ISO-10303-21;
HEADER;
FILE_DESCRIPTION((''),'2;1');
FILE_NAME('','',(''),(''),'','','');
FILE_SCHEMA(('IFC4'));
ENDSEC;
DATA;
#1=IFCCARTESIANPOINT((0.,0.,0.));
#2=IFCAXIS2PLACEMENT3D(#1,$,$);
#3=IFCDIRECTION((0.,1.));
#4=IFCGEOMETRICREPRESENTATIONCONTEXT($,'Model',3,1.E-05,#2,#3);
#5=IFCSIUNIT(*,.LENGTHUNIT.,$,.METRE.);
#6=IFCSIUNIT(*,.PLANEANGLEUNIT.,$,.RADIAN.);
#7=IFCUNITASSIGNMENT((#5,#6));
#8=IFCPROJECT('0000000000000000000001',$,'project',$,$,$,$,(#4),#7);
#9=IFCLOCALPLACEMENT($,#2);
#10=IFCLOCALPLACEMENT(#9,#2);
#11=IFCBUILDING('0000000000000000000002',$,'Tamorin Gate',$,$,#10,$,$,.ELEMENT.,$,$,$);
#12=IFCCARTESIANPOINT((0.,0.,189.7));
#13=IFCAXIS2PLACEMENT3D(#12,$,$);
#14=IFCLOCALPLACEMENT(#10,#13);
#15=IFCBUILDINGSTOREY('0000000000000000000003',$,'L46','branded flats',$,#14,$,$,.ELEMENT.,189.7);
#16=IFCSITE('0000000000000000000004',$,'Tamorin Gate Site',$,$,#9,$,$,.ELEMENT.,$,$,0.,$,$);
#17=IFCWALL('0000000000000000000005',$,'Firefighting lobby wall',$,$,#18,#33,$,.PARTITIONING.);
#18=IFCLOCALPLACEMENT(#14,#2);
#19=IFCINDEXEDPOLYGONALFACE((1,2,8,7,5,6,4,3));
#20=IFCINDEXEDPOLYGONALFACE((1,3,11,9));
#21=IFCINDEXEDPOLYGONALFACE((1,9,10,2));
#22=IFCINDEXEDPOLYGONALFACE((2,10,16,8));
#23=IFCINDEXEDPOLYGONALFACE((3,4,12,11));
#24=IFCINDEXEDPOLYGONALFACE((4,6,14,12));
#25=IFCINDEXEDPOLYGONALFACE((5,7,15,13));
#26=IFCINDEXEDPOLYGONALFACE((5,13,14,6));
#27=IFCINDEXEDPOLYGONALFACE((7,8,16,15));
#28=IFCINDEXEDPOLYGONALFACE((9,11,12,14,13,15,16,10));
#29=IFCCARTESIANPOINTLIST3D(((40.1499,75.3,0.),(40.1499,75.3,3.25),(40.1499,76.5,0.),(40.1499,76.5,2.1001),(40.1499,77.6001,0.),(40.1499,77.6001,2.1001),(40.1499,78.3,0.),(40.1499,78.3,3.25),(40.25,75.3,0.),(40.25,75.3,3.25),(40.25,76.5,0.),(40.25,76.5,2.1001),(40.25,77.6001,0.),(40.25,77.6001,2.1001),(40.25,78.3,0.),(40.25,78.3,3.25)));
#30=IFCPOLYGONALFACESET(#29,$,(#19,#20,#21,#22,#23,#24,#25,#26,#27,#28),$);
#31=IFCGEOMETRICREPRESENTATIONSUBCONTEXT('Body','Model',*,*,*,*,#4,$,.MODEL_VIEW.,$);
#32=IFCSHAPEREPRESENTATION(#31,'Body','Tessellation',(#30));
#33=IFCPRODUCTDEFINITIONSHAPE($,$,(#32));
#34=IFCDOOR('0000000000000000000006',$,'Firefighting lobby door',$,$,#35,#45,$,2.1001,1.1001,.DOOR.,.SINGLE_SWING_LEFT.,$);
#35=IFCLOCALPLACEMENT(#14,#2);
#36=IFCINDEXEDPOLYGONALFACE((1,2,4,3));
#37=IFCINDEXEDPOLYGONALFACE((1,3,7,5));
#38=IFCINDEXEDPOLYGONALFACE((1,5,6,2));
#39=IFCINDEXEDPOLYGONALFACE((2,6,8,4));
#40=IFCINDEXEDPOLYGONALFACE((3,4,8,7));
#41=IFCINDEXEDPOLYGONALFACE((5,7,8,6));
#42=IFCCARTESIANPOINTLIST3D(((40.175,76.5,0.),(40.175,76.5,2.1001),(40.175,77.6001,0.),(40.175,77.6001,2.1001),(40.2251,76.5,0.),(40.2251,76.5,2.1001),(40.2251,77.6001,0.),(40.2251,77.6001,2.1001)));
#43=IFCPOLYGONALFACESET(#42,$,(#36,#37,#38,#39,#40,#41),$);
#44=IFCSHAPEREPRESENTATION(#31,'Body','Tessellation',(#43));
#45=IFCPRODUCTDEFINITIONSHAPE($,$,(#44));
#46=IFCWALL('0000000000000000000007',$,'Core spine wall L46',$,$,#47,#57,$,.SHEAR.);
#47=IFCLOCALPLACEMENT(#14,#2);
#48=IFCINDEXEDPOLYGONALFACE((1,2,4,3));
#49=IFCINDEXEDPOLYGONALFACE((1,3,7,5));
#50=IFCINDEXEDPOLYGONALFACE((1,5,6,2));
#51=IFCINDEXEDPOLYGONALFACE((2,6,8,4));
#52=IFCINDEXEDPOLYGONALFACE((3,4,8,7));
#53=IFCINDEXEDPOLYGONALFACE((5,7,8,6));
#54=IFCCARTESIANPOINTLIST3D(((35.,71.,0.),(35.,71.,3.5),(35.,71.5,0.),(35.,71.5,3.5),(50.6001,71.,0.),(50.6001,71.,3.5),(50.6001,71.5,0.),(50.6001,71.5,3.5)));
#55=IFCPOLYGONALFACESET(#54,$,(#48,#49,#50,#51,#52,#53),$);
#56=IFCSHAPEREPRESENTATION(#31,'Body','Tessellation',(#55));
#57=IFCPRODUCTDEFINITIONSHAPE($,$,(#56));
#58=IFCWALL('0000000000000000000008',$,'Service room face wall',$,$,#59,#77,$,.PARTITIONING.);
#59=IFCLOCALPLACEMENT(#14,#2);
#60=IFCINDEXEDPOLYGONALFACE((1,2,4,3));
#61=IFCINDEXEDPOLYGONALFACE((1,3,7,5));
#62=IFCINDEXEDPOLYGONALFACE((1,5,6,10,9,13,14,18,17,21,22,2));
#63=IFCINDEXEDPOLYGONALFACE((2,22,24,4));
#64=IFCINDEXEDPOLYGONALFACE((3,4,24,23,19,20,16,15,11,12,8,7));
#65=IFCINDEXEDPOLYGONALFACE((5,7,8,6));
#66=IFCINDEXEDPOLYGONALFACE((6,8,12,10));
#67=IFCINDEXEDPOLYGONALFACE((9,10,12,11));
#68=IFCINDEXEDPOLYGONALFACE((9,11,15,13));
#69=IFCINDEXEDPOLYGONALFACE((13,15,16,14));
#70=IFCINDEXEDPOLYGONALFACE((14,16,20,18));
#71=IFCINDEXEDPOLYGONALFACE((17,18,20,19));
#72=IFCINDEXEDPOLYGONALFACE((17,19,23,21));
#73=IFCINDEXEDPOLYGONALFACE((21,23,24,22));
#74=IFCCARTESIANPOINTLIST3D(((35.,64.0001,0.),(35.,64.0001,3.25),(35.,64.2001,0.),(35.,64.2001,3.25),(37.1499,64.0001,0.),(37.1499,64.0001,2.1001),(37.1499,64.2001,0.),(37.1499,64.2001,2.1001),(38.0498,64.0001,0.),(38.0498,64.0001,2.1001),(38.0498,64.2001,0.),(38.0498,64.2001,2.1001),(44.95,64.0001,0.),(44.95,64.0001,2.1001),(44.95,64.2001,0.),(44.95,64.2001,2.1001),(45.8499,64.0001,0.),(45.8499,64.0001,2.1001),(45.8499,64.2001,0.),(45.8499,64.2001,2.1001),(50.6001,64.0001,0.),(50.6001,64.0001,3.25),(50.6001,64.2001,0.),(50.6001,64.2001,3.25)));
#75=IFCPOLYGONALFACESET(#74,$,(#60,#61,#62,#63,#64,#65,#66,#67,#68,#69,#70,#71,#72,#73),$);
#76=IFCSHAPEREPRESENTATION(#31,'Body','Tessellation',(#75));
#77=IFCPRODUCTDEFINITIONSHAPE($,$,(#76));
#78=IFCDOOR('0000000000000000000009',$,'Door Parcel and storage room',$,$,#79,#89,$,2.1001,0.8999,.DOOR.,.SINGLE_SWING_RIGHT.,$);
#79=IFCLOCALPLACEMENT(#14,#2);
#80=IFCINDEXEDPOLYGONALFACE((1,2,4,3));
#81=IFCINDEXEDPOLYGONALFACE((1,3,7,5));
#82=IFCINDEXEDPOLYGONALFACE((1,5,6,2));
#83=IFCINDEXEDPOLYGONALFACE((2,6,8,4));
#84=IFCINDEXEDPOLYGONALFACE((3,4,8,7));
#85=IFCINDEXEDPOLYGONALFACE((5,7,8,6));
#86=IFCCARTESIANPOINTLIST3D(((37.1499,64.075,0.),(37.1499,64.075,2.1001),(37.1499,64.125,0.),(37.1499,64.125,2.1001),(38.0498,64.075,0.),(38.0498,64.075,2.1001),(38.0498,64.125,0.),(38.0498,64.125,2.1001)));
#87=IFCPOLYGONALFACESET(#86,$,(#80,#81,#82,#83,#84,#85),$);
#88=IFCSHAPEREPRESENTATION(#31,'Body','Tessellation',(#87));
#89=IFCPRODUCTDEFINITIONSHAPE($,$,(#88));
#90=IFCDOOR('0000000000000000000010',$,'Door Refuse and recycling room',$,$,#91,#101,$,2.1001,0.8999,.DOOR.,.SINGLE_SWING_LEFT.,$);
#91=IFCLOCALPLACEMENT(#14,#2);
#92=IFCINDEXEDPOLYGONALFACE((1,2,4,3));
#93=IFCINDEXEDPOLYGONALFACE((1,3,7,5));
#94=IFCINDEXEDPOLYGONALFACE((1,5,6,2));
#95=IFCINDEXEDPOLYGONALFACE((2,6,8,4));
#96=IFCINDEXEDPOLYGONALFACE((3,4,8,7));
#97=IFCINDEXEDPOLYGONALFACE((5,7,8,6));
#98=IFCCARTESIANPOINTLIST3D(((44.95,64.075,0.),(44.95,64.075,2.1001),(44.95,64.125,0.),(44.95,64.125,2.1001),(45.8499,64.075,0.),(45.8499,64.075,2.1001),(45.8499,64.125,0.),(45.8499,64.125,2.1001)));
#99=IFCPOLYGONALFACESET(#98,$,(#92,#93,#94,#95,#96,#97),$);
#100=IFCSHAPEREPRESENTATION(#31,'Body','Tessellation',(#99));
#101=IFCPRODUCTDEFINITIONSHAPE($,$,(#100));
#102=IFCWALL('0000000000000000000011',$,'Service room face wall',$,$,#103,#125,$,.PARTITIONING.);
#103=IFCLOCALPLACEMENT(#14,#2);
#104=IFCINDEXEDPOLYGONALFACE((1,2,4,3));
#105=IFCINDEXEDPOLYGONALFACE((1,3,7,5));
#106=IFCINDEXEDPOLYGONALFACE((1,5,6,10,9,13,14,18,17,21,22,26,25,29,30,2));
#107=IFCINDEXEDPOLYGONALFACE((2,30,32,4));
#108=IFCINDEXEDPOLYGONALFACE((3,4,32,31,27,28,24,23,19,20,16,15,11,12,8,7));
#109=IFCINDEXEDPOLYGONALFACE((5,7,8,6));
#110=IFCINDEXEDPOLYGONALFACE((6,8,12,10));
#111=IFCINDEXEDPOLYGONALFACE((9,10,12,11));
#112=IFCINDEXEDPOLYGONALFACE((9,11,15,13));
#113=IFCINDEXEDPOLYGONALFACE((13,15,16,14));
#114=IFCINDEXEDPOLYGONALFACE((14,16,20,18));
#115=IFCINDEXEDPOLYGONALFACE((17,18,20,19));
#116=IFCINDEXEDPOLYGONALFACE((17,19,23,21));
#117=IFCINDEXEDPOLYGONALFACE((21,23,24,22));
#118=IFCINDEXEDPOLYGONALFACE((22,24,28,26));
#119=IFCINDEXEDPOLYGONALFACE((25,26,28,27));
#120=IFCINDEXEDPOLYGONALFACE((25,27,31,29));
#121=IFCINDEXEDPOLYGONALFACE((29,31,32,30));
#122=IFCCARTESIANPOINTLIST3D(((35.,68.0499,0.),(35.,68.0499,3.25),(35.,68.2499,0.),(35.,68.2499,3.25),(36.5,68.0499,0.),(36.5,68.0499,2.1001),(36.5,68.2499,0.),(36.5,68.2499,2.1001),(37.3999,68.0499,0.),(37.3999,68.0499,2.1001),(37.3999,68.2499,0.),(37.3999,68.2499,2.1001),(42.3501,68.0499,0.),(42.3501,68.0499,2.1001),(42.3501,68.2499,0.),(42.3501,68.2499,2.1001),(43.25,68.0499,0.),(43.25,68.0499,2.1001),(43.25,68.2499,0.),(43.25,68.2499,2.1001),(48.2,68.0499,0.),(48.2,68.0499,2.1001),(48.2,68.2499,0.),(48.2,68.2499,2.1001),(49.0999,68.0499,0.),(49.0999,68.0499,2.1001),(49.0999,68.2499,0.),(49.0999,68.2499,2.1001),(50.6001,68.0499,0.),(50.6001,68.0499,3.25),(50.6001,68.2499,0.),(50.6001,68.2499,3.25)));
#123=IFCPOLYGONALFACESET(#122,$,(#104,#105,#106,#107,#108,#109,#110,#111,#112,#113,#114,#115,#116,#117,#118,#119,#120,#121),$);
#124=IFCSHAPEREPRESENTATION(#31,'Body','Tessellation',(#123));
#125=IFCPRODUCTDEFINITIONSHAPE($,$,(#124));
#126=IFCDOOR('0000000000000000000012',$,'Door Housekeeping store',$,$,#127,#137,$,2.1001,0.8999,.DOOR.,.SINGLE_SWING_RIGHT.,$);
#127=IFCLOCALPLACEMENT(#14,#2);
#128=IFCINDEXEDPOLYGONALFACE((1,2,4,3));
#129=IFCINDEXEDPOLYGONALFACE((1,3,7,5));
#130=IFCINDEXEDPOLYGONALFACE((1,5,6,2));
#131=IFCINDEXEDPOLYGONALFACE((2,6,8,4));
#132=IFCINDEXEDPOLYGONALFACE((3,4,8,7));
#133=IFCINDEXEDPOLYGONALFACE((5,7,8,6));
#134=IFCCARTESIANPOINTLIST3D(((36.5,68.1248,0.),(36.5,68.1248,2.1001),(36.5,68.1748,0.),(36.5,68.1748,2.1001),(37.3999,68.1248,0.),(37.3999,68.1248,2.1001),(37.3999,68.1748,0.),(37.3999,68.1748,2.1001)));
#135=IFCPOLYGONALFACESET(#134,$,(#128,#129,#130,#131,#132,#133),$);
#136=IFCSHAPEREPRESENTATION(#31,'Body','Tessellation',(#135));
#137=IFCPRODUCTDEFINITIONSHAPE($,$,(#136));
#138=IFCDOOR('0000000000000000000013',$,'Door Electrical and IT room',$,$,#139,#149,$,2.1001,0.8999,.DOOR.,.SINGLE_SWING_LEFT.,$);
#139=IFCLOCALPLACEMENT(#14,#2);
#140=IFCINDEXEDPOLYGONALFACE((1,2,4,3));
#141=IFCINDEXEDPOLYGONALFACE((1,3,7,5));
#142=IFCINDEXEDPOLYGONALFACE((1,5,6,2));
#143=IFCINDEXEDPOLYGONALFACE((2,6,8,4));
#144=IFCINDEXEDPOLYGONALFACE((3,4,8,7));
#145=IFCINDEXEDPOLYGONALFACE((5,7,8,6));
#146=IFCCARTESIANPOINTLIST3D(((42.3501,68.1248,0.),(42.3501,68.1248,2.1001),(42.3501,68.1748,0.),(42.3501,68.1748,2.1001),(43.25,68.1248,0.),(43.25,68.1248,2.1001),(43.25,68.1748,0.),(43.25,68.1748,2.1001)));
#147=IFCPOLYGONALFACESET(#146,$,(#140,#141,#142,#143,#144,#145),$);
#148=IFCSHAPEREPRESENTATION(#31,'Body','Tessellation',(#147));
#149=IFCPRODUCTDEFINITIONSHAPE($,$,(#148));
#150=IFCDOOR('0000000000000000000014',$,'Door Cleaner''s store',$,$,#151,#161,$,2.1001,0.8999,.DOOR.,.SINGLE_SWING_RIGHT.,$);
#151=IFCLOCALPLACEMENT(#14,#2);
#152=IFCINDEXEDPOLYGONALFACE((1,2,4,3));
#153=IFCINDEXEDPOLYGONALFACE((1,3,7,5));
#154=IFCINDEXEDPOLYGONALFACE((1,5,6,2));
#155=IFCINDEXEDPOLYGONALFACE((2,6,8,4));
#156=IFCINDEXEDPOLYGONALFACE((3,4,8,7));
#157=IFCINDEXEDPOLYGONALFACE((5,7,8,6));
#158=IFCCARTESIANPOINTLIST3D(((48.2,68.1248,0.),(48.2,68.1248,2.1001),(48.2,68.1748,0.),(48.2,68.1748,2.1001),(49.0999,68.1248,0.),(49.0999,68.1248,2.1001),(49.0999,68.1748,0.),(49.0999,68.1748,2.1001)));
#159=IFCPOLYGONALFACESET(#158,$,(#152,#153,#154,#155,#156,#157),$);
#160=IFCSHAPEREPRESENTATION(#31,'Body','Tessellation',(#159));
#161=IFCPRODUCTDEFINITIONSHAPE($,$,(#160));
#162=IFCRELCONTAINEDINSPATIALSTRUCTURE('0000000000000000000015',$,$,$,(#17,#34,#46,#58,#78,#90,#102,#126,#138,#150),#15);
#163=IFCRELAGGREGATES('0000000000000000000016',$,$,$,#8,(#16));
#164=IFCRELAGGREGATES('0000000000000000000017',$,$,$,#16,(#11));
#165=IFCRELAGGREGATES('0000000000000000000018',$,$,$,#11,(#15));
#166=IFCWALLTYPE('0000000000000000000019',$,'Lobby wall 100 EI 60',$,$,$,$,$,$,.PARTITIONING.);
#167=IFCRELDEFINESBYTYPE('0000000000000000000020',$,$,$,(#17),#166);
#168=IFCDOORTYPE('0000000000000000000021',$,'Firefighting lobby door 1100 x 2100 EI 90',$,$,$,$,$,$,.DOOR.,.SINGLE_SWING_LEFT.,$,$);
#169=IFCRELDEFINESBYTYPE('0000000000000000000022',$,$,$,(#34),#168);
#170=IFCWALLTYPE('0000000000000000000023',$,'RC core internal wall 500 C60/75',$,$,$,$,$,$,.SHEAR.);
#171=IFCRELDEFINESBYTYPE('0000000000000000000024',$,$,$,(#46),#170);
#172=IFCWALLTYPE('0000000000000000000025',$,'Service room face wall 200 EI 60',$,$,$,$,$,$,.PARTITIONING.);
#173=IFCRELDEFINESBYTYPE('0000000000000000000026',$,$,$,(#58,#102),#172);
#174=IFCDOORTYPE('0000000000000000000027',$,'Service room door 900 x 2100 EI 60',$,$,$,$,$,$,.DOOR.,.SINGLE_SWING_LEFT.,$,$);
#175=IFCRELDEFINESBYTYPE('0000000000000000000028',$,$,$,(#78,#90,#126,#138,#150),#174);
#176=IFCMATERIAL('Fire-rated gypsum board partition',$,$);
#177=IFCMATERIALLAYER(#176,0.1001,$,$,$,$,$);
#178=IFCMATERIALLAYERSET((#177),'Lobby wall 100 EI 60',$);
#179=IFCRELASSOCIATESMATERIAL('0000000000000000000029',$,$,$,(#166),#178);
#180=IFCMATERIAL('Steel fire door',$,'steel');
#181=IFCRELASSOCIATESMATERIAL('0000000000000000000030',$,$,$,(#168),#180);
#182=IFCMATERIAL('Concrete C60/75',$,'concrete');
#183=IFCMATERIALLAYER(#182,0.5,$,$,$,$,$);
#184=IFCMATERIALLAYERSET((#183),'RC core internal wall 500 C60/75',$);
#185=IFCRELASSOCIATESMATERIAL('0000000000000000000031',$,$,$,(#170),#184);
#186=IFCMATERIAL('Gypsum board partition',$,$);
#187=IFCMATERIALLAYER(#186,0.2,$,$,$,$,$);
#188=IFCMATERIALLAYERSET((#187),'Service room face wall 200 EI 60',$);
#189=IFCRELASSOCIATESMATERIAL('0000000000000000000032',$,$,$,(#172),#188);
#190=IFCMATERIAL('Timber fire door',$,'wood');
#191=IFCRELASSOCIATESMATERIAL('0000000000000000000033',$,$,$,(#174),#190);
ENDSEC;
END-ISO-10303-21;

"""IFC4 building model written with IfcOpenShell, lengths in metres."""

from ifc_helpers import new_model, si_unit, direction, frame, frame_2d, origin, place, context, subcontext, project, spatial, rectangle, extrude, material, layer, layer_set, type_object, element, fill, save


model = new_model("IFC4")

# Units and contexts
model_context = context("Model", 3, precision=1e-05, world=origin(), true_north=direction((0.0, 1.0)))
body_context = subcontext(model_context, "Body", "Model", "MODEL_VIEW")
ifc_project = project(units=[si_unit("LENGTHUNIT", "METRE"), si_unit("PLANEANGLEUNIT", "RADIAN")], contexts=[model_context])

# Site, building, storey
site_placement = place(None, origin())
site = spatial("IfcSite", under=ifc_project, at=site_placement, Name="Tamorin Gate Site", CompositionType="ELEMENT", RefElevation=0.0)
building_placement = place(site_placement, origin())
building = spatial("IfcBuilding", under=site, at=building_placement, Name="Tamorin Gate", CompositionType="ELEMENT")
storey_placement = place(building_placement, frame((0.0, 0.0, 189.7)))
storey = spatial("IfcBuildingStorey", under=building, at=storey_placement, Name="L46", Description="branded flats", CompositionType="ELEMENT", Elevation=189.7)

# Shared definitions
ifc_material_1 = material(Name="Fire-rated gypsum board partition")
ifc_layer_1 = layer(ifc_material_1, 0.1001)
ifc_layer_set_1 = layer_set([ifc_layer_1], Name="Lobby wall 100 EI 60")
wall_type_1 = type_object("IfcWallType", Name="Lobby wall 100 EI 60", PredefinedType="PARTITIONING", material=ifc_layer_set_1)

# Wall, opening, door
wall_1_placement = place(storey_placement, frame((40.2, 75.3, 0.0), z_axis=(0.0, 0.0, 1.0), x_axis=(0.0, 1.0, 0.0)))
wall_1 = element("IfcWall", 1, at=wall_1_placement, inside=storey, type_object=wall_type_1, Name="Firefighting lobby wall", PredefinedType="PARTITIONING", context=body_context, shape_type="SweptSolid", body=[
    extrude(rectangle(XDim=3.0, YDim=0.1001, at=frame_2d((1.5, 0.0))), origin(), (0.0, 0.0, 1.0), 3.25),
])
opening_1_placement = place(wall_1_placement, frame((1.2, 0.0, 0.0)))
opening_1 = element("IfcOpeningElement", 2, at=opening_1_placement, cuts=wall_1, PredefinedType="OPENING", context=body_context, shape_type="SweptSolid", body=[
    extrude(rectangle(XDim=1.1001, YDim=2.1001, at=frame_2d((0.55, 1.05))), frame((0.0, 0.0601, 0.0), z_axis=(0.0, -1.0, 0.0), x_axis=(1.0, 0.0, 0.0)), (0.0, 0.0, 1.0), 0.1201),
])
ifc_material_2 = material(Name="Steel fire door", Category="steel")
door_type_1 = type_object("IfcDoorType", Name="Firefighting lobby door 1100 x 2100 EI 90", OperationType="SINGLE_SWING_LEFT", PredefinedType="DOOR", material=ifc_material_2)
door_1_placement = place(opening_1_placement, origin())
door_1 = element("IfcDoor", 3, at=door_1_placement, inside=storey, type_object=door_type_1, Name="Firefighting lobby door", OperationType="SINGLE_SWING_LEFT", OverallHeight=2.1001, OverallWidth=1.1001, PredefinedType="DOOR", context=body_context, shape_type="SweptSolid", body=[
    extrude(rectangle(XDim=1.1001, YDim=2.1001, at=frame_2d((0.55, 1.05))), frame((0.0, 0.0249, 0.0), z_axis=(0.0, -1.0, 0.0), x_axis=(1.0, 0.0, 0.0)), (0.0, 0.0, 1.0), 0.05),
])
fill(opening_1, door_1)

# Wall
ifc_material_3 = material(Name="Concrete C60/75", Category="concrete")
ifc_layer_2 = layer(ifc_material_3, 0.5)
ifc_layer_set_2 = layer_set([ifc_layer_2], Name="RC core internal wall 500 C60/75")
wall_type_2 = type_object("IfcWallType", Name="RC core internal wall 500 C60/75", PredefinedType="SHEAR", material=ifc_layer_set_2)
wall_2_placement = place(storey_placement, frame((35.0, 71.25, 0.0), z_axis=(0.0, 0.0, 1.0), x_axis=(1.0, 0.0, 0.0)))
element("IfcWall", 4, at=wall_2_placement, inside=storey, type_object=wall_type_2, Name="Core spine wall L46", PredefinedType="SHEAR", context=body_context, shape_type="SweptSolid", body=[
    extrude(rectangle(XDim=15.6001, YDim=0.5, at=frame_2d((7.8, 0.0))), origin(), (0.0, 0.0, 1.0), 3.5),
])

# Walls, openings, doors
ifc_material_4 = material(Name="Gypsum board partition")
ifc_layer_3 = layer(ifc_material_4, 0.2)
ifc_layer_set_3 = layer_set([ifc_layer_3], Name="Service room face wall 200 EI 60")
wall_type_3 = type_object("IfcWallType", Name="Service room face wall 200 EI 60", PredefinedType="PARTITIONING", material=ifc_layer_set_3)
wall_3_placement = place(storey_placement, frame((35.0, 64.1001, 0.0), z_axis=(0.0, 0.0, 1.0), x_axis=(1.0, 0.0, 0.0)))
wall_3 = element("IfcWall", 5, at=wall_3_placement, inside=storey, type_object=wall_type_3, Name="Service room face wall", PredefinedType="PARTITIONING", context=body_context, shape_type="SweptSolid", body=[
    extrude(rectangle(XDim=15.6001, YDim=0.2, at=frame_2d((7.8, 0.0))), origin(), (0.0, 0.0, 1.0), 3.25),
])
opening_2_placement = place(wall_3_placement, frame((2.1499, 0.0, 0.0)))
opening_2 = element("IfcOpeningElement", 6, at=opening_2_placement, cuts=wall_3, PredefinedType="OPENING", context=body_context, shape_type="SweptSolid", body=[
    extrude(rectangle(XDim=0.8999, YDim=2.1001, at=frame_2d((0.45, 1.05))), frame((0.0, 0.1099, 0.0), z_axis=(0.0, -1.0, 0.0), x_axis=(1.0, 0.0, 0.0)), (0.0, 0.0, 1.0), 0.22),
])
opening_3_placement = place(wall_3_placement, frame((9.95, 0.0, 0.0)))
opening_3 = element("IfcOpeningElement", 7, at=opening_3_placement, cuts=wall_3, PredefinedType="OPENING", context=body_context, shape_type="SweptSolid", body=[
    extrude(rectangle(XDim=0.8999, YDim=2.1001, at=frame_2d((0.45, 1.05))), frame((0.0, 0.1099, 0.0), z_axis=(0.0, -1.0, 0.0), x_axis=(1.0, 0.0, 0.0)), (0.0, 0.0, 1.0), 0.22),
])
ifc_material_5 = material(Name="Timber fire door", Category="wood")
door_type_2 = type_object("IfcDoorType", Name="Service room door 900 x 2100 EI 60", OperationType="SINGLE_SWING_LEFT", PredefinedType="DOOR", material=ifc_material_5)
door_2_placement = place(opening_2_placement, origin())
door_2 = element("IfcDoor", 8, at=door_2_placement, inside=storey, type_object=door_type_2, Name="Door Parcel and storage room", OperationType="SINGLE_SWING_RIGHT", OverallHeight=2.1001, OverallWidth=0.8999, PredefinedType="DOOR", context=body_context, shape_type="SweptSolid", body=[
    extrude(rectangle(XDim=0.8999, YDim=2.1001, at=frame_2d((0.45, 1.05))), frame((0.0, 0.0249, 0.0), z_axis=(0.0, -1.0, 0.0), x_axis=(1.0, 0.0, 0.0)), (0.0, 0.0, 1.0), 0.05),
])
fill(opening_2, door_2)
door_3_placement = place(opening_3_placement, origin())
door_3 = element("IfcDoor", 9, at=door_3_placement, inside=storey, type_object=door_type_2, Name="Door Refuse and recycling room", OperationType="SINGLE_SWING_LEFT", OverallHeight=2.1001, OverallWidth=0.8999, PredefinedType="DOOR", context=body_context, shape_type="SweptSolid", body=[
    extrude(rectangle(XDim=0.8999, YDim=2.1001, at=frame_2d((0.45, 1.05))), frame((0.0, 0.0249, 0.0), z_axis=(0.0, -1.0, 0.0), x_axis=(1.0, 0.0, 0.0)), (0.0, 0.0, 1.0), 0.05),
])
fill(opening_3, door_3)
wall_4_placement = place(storey_placement, frame((35.0, 68.1499, 0.0), z_axis=(0.0, 0.0, 1.0), x_axis=(1.0, 0.0, 0.0)))
wall_4 = element("IfcWall", 10, at=wall_4_placement, inside=storey, type_object=wall_type_3, Name="Service room face wall", PredefinedType="PARTITIONING", context=body_context, shape_type="SweptSolid", body=[
    extrude(rectangle(XDim=15.6001, YDim=0.2, at=frame_2d((7.8, 0.0))), origin(), (0.0, 0.0, 1.0), 3.25),
])
opening_4_placement = place(wall_4_placement, frame((1.5, 0.0, 0.0)))
opening_4 = element("IfcOpeningElement", 11, at=opening_4_placement, cuts=wall_4, PredefinedType="OPENING", context=body_context, shape_type="SweptSolid", body=[
    extrude(rectangle(XDim=0.8999, YDim=2.1001, at=frame_2d((0.45, 1.05))), frame((0.0, 0.1099, 0.0), z_axis=(0.0, -1.0, 0.0), x_axis=(1.0, 0.0, 0.0)), (0.0, 0.0, 1.0), 0.22),
])
opening_5_placement = place(wall_4_placement, frame((7.3501, 0.0, 0.0)))
opening_5 = element("IfcOpeningElement", 12, at=opening_5_placement, cuts=wall_4, PredefinedType="OPENING", context=body_context, shape_type="SweptSolid", body=[
    extrude(rectangle(XDim=0.8999, YDim=2.1001, at=frame_2d((0.45, 1.05))), frame((0.0, 0.1099, 0.0), z_axis=(0.0, -1.0, 0.0), x_axis=(1.0, 0.0, 0.0)), (0.0, 0.0, 1.0), 0.22),
])
opening_6_placement = place(wall_4_placement, frame((13.2, 0.0, 0.0)))
opening_6 = element("IfcOpeningElement", 13, at=opening_6_placement, cuts=wall_4, PredefinedType="OPENING", context=body_context, shape_type="SweptSolid", body=[
    extrude(rectangle(XDim=0.8999, YDim=2.1001, at=frame_2d((0.45, 1.05))), frame((0.0, 0.1099, 0.0), z_axis=(0.0, -1.0, 0.0), x_axis=(1.0, 0.0, 0.0)), (0.0, 0.0, 1.0), 0.22),
])
door_4_placement = place(opening_4_placement, origin())
door_4 = element("IfcDoor", 14, at=door_4_placement, inside=storey, type_object=door_type_2, Name="Door Housekeeping store", OperationType="SINGLE_SWING_RIGHT", OverallHeight=2.1001, OverallWidth=0.8999, PredefinedType="DOOR", context=body_context, shape_type="SweptSolid", body=[
    extrude(rectangle(XDim=0.8999, YDim=2.1001, at=frame_2d((0.45, 1.05))), frame((0.0, 0.0249, 0.0), z_axis=(0.0, -1.0, 0.0), x_axis=(1.0, 0.0, 0.0)), (0.0, 0.0, 1.0), 0.05),
])
fill(opening_4, door_4)
door_5_placement = place(opening_5_placement, origin())
door_5 = element("IfcDoor", 15, at=door_5_placement, inside=storey, type_object=door_type_2, Name="Door Electrical and IT room", OperationType="SINGLE_SWING_LEFT", OverallHeight=2.1001, OverallWidth=0.8999, PredefinedType="DOOR", context=body_context, shape_type="SweptSolid", body=[
    extrude(rectangle(XDim=0.8999, YDim=2.1001, at=frame_2d((0.45, 1.05))), frame((0.0, 0.0249, 0.0), z_axis=(0.0, -1.0, 0.0), x_axis=(1.0, 0.0, 0.0)), (0.0, 0.0, 1.0), 0.05),
])
fill(opening_5, door_5)
door_6_placement = place(opening_6_placement, origin())
door_6 = element("IfcDoor", 16, at=door_6_placement, inside=storey, type_object=door_type_2, Name="Door Cleaner's store", OperationType="SINGLE_SWING_RIGHT", OverallHeight=2.1001, OverallWidth=0.8999, PredefinedType="DOOR", context=body_context, shape_type="SweptSolid", body=[
    extrude(rectangle(XDim=0.8999, YDim=2.1001, at=frame_2d((0.45, 1.05))), frame((0.0, 0.0249, 0.0), z_axis=(0.0, -1.0, 0.0), x_axis=(1.0, 0.0, 0.0)), (0.0, 0.0, 1.0), 0.05),
])
fill(opening_6, door_6)

save(model, "model.ifc")
